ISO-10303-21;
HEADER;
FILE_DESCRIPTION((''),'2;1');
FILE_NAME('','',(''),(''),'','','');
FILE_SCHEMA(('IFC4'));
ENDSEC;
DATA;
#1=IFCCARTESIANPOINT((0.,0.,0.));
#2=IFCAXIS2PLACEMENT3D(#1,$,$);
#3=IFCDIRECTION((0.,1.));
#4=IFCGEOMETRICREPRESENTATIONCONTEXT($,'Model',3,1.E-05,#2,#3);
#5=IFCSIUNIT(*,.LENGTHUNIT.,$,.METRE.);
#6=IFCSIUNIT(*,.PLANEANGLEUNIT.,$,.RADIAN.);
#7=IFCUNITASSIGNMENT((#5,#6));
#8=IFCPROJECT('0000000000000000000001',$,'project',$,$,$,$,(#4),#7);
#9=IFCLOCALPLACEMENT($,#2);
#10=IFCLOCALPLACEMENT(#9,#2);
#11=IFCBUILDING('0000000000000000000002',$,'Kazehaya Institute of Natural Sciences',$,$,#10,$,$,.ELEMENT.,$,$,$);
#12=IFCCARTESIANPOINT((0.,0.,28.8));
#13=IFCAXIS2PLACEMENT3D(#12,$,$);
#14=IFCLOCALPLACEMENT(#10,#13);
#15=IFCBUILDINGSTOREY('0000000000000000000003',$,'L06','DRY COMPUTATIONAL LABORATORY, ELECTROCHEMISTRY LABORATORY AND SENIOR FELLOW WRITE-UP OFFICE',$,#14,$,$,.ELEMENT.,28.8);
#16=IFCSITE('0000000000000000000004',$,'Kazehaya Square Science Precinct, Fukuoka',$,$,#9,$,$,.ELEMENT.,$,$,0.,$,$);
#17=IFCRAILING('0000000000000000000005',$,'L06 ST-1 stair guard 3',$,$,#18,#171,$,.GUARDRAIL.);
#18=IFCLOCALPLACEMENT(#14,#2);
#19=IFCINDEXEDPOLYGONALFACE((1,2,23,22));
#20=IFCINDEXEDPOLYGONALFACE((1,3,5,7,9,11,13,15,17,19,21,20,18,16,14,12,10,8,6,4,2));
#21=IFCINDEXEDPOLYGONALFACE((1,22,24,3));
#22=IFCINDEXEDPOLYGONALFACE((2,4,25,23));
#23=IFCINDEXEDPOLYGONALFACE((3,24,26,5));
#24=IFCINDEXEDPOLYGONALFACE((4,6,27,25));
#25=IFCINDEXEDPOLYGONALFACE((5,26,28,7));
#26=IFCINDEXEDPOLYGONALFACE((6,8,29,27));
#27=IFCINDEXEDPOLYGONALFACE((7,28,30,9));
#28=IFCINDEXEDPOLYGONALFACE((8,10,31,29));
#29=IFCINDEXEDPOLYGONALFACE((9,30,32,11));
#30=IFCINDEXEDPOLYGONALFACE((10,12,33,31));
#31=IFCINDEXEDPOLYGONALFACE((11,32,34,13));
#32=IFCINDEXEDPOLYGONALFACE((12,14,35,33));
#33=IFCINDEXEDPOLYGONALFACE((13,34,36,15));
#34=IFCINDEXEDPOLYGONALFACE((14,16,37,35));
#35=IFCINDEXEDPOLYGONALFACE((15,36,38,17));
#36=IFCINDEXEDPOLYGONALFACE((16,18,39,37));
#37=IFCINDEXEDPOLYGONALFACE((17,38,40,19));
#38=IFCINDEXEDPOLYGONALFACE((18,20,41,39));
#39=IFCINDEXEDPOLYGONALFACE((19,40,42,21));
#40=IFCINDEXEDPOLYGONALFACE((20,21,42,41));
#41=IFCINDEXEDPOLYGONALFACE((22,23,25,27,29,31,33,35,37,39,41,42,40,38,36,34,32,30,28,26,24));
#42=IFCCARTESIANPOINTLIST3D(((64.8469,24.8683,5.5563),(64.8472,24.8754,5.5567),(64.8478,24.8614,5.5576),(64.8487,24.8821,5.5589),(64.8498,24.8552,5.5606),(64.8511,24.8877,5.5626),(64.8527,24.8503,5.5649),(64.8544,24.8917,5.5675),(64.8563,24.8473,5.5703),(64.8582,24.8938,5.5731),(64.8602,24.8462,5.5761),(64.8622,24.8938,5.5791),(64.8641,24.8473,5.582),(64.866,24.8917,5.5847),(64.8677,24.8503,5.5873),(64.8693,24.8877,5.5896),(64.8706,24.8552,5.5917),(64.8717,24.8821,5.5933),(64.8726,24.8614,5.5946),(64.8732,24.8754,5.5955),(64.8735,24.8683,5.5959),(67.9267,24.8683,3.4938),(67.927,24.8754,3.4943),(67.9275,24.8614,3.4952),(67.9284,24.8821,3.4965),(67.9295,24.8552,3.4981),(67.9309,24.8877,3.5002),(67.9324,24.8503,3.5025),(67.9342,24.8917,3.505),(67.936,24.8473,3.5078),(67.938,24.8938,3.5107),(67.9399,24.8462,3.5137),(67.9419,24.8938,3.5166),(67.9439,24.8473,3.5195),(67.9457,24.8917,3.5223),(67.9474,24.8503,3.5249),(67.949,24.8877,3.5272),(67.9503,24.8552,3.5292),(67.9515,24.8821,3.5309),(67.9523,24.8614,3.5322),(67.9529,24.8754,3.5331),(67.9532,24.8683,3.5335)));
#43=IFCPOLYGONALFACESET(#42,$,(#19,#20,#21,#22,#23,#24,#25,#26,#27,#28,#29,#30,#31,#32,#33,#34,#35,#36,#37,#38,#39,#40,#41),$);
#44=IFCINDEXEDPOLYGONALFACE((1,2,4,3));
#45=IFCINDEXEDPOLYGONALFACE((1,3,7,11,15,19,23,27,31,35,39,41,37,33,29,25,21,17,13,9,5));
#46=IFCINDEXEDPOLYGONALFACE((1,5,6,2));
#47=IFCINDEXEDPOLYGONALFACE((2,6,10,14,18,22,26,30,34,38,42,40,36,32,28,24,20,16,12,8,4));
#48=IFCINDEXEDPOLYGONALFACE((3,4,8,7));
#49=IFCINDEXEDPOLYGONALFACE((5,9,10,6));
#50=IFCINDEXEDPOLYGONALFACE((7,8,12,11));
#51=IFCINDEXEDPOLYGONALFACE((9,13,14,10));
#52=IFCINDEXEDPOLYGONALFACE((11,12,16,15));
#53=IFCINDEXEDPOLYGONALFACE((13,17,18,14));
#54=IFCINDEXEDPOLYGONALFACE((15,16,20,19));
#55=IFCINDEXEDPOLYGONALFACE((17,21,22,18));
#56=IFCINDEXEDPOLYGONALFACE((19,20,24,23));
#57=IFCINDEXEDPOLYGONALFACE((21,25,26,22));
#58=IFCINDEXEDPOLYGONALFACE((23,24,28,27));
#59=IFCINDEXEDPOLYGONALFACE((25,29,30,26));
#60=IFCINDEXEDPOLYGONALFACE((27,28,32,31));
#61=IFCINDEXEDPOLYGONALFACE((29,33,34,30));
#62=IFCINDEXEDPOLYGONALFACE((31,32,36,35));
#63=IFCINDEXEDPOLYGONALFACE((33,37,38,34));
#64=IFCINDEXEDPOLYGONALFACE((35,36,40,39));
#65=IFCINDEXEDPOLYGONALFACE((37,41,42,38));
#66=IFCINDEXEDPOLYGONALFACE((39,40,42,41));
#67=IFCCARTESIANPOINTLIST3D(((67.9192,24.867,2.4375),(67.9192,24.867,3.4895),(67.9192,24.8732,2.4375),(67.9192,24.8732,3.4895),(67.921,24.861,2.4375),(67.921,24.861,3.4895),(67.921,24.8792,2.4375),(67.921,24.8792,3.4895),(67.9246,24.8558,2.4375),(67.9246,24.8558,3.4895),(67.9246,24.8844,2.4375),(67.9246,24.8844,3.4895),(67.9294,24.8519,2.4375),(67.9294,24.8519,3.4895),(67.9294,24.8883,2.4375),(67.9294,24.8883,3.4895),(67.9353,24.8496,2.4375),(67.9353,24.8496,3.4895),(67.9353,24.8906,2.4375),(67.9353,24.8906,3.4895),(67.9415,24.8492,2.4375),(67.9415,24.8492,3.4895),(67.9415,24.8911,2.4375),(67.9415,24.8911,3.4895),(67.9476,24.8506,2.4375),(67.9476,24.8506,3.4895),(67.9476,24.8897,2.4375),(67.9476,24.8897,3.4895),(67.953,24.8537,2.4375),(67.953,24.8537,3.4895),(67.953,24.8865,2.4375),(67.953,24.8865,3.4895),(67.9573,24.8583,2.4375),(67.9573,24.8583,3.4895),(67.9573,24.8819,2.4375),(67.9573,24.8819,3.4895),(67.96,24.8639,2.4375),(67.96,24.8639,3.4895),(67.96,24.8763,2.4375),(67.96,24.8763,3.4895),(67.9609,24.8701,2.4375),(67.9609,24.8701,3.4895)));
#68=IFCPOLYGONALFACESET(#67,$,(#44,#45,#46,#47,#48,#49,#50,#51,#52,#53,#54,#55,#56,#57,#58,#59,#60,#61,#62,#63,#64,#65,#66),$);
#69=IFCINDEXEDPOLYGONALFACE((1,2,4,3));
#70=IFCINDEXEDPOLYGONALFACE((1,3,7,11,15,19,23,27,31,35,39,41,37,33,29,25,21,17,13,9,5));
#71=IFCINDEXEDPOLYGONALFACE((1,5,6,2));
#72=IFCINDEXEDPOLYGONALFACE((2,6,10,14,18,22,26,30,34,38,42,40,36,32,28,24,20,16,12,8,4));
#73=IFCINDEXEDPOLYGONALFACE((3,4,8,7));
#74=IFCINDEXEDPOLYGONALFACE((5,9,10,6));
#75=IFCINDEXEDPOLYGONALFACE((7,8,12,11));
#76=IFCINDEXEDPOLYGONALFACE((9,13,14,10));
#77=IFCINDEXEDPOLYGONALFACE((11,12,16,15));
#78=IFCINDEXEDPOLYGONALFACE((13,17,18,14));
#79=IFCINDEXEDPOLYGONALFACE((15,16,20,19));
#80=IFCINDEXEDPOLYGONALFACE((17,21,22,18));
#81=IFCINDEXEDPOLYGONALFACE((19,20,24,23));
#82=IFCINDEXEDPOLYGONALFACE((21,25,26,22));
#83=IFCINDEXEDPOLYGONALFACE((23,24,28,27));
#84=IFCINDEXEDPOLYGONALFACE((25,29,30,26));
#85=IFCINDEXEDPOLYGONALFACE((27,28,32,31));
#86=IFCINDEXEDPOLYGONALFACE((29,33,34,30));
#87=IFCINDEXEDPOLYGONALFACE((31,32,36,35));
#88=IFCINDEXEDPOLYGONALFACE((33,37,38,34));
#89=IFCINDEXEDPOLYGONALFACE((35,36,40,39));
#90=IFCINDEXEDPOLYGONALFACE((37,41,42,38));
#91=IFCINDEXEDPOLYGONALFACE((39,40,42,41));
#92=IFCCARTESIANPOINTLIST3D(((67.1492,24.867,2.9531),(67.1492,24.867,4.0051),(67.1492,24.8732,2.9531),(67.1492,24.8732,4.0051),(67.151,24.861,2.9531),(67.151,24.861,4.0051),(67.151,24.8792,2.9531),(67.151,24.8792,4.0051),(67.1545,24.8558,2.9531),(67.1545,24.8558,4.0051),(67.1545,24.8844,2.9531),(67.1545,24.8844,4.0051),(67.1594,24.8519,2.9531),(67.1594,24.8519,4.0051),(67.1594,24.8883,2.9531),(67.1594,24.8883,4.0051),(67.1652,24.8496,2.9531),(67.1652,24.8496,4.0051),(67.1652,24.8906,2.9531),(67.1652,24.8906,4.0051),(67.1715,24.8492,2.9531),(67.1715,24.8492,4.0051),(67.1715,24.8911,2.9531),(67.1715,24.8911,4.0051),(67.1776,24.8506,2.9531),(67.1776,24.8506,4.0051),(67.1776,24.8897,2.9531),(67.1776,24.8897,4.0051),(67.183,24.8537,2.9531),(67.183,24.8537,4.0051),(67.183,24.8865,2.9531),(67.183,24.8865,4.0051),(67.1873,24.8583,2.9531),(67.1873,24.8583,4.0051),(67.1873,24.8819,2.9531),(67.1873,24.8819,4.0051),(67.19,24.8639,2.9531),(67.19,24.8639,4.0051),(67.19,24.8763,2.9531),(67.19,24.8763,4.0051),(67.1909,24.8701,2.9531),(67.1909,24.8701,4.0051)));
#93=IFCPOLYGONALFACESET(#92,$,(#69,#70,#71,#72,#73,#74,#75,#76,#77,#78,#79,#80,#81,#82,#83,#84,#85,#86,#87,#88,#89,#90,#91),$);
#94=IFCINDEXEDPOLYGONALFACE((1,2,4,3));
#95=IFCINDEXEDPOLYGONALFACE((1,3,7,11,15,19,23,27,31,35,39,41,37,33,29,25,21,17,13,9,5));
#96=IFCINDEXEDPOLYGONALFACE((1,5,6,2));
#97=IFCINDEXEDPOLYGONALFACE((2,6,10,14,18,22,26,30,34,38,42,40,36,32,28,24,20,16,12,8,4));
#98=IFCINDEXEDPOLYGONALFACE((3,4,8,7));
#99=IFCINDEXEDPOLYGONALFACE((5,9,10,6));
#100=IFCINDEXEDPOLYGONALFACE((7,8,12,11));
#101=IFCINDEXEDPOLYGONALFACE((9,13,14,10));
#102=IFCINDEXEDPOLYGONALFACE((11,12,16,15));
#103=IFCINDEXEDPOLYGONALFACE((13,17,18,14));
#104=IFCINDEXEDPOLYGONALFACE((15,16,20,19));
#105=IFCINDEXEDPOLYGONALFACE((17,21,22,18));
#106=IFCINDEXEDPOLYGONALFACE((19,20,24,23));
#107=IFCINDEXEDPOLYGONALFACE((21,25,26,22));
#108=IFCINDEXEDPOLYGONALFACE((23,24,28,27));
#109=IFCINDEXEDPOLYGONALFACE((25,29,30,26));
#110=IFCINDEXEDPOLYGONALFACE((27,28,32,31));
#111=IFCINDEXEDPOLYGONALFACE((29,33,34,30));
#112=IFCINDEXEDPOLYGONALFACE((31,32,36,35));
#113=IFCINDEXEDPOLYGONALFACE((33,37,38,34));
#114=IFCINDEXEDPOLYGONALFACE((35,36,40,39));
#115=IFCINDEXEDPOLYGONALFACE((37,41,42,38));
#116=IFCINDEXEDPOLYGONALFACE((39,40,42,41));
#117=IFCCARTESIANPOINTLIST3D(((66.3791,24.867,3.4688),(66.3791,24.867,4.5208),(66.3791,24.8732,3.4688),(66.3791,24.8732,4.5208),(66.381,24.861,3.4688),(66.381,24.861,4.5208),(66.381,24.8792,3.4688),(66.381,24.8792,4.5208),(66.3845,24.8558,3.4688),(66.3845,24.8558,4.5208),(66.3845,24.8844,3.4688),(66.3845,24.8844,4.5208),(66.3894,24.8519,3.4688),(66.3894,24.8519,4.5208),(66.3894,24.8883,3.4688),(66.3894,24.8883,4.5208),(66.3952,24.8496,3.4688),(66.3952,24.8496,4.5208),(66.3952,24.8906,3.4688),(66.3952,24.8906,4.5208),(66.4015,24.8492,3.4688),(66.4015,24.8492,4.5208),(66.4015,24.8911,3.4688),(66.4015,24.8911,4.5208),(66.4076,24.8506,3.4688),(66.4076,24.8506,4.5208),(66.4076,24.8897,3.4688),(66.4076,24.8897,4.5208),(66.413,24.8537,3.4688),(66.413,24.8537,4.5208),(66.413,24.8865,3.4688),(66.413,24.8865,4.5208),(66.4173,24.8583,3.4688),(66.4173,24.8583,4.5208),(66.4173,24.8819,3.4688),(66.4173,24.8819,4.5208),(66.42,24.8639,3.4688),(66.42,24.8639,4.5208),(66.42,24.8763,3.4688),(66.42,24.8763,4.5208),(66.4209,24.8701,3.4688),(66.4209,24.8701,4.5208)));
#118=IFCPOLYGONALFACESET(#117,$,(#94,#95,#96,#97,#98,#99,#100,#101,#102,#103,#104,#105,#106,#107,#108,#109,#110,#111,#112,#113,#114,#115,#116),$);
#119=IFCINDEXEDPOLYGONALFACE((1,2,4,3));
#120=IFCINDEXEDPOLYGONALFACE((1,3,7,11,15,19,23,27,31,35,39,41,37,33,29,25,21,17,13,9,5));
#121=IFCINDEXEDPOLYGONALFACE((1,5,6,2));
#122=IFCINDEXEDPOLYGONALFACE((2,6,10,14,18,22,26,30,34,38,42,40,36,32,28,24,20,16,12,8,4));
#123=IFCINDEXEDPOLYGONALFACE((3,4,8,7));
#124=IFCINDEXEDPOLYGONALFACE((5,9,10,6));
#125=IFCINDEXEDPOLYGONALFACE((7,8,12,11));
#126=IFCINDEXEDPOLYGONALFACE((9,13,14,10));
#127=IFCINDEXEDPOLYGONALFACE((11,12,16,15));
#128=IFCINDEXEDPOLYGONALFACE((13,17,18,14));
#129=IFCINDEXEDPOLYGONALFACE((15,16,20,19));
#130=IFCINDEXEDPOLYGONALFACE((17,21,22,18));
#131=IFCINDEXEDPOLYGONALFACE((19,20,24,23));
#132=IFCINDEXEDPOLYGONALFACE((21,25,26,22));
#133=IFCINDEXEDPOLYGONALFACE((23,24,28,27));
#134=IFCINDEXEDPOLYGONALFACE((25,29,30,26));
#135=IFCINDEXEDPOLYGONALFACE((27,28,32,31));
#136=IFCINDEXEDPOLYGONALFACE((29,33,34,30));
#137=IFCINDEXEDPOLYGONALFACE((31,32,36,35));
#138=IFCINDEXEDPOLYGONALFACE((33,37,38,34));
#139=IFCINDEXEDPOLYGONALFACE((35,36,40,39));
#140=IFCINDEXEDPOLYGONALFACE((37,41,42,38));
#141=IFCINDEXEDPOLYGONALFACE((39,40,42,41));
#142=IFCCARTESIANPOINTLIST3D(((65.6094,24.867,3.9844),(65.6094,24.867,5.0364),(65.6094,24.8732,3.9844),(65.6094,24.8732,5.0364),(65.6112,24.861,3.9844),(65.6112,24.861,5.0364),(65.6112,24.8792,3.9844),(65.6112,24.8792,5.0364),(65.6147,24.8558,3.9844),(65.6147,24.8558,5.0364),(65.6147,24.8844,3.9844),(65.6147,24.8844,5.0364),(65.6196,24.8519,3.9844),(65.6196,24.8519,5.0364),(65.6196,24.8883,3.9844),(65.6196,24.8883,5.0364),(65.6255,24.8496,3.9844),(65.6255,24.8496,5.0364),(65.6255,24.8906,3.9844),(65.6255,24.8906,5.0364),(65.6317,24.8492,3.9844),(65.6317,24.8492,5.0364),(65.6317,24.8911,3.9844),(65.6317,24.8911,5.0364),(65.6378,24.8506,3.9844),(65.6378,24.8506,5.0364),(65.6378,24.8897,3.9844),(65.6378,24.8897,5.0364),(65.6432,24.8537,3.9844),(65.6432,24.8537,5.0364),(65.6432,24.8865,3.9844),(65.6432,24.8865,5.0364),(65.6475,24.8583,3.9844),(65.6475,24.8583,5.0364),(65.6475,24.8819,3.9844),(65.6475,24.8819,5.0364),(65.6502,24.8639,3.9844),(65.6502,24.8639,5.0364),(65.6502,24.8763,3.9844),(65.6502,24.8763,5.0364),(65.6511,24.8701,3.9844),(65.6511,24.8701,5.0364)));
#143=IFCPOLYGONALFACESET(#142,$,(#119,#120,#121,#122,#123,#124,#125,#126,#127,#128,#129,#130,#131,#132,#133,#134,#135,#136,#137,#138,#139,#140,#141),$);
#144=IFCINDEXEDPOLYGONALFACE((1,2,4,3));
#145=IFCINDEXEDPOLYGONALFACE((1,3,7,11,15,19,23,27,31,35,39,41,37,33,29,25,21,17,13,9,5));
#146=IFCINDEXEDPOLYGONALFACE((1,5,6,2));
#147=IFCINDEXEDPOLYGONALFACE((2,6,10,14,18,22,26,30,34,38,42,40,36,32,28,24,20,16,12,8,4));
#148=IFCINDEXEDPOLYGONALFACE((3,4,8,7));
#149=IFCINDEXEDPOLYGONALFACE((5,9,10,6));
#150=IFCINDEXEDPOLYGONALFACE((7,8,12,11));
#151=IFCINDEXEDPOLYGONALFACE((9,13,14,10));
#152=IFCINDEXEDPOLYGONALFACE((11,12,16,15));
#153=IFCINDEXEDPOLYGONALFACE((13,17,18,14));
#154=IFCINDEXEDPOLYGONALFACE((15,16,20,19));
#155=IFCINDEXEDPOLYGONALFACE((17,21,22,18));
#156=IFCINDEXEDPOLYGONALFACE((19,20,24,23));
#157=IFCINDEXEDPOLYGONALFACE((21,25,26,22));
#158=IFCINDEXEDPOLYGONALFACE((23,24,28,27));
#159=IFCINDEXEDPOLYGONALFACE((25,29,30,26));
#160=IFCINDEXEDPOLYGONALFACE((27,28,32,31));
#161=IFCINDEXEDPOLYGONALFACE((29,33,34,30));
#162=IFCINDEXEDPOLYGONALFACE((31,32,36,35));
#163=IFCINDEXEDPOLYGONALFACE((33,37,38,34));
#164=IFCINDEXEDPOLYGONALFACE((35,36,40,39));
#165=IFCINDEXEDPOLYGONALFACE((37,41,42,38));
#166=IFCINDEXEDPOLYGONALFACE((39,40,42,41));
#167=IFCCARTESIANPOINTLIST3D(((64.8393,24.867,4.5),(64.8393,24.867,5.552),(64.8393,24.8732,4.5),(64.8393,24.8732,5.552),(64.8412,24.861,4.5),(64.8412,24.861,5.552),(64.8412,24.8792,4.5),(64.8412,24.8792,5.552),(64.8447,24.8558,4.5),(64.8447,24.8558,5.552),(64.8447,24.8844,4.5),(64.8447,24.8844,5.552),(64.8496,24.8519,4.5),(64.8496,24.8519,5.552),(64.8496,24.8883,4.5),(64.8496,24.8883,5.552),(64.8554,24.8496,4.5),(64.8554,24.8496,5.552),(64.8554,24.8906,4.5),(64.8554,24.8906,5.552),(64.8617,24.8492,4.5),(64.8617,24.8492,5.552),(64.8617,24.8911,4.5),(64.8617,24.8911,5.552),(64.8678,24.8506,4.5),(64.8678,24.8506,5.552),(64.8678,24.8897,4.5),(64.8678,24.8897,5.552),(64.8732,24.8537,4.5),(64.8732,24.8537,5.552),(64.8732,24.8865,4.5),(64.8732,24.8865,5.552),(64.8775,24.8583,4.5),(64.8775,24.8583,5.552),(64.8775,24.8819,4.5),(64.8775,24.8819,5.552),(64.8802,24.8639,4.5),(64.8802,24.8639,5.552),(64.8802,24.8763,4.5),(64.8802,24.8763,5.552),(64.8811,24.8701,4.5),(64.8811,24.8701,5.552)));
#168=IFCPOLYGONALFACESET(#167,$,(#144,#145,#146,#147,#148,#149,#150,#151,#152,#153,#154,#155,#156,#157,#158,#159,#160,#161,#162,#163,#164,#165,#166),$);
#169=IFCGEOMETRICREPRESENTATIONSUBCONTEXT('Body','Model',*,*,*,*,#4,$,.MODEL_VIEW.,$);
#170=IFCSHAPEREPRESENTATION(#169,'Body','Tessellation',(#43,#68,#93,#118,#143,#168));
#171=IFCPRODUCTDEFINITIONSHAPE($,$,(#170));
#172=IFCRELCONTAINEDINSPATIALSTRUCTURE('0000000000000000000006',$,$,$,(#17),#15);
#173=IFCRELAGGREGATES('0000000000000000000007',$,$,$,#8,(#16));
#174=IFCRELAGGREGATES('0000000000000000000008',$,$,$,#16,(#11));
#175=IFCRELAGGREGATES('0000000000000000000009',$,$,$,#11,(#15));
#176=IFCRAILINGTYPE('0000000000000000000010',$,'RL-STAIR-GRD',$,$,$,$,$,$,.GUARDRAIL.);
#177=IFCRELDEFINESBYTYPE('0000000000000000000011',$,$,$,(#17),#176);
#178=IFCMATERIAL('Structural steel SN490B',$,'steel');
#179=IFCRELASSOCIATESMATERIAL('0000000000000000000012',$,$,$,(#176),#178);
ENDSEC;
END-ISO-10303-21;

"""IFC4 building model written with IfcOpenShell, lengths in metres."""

from ifc_helpers import new_model, si_unit, direction, frame, origin, origin_2d, place, context, subcontext, project, spatial, circle, extrude, material, type_object, element, save


model = new_model("IFC4")

# Units and contexts
model_context = context("Model", 3, precision=1e-05, world=origin(), true_north=direction((0.0, 1.0)))
body_context = subcontext(model_context, "Body", "Model", "MODEL_VIEW")
ifc_project = project(units=[si_unit("LENGTHUNIT", "METRE"), si_unit("PLANEANGLEUNIT", "RADIAN")], contexts=[model_context])

# Site, building, storey
site_placement = place(None, origin())
site = spatial("IfcSite", under=ifc_project, at=site_placement, Name="Kazehaya Square Science Precinct, Fukuoka", CompositionType="ELEMENT", RefElevation=0.0)
building_placement = place(site_placement, origin())
building = spatial("IfcBuilding", under=site, at=building_placement, Name="Kazehaya Institute of Natural Sciences", CompositionType="ELEMENT")
storey_placement = place(building_placement, frame((0.0, 0.0, 28.8)))
storey = spatial("IfcBuildingStorey", under=building, at=storey_placement, Name="L06", Description="DRY COMPUTATIONAL LABORATORY, ELECTROCHEMISTRY LABORATORY AND SENIOR FELLOW WRITE-UP OFFICE", CompositionType="ELEMENT", Elevation=28.8)

# Railing
ifc_material_1 = material(Name="Structural steel SN490B", Category="steel")
railing_type_1 = type_object("IfcRailingType", Name="RL-STAIR-GRD", PredefinedType="GUARDRAIL", material=ifc_material_1)
railing_1_placement = place(storey_placement, frame((67.9399, 24.8701, 2.4375)))
element("IfcRailing", 1, at=railing_1_placement, inside=storey, type_object=railing_type_1, Name="L06 ST-1 stair guard 3", PredefinedType="GUARDRAIL", context=body_context, shape_type="SweptSolid", body=[
    extrude(circle(Radius=0.0239, at=origin_2d()), frame((0.0, 0.0, 1.0762), z_axis=(-0.830893, 0.0, 0.556432), x_axis=(0.0, -1.0, 0.0)), (0.0, 0.0, 1.0), 3.7065),
    extrude(circle(Radius=0.021, at=origin_2d()), origin(), (0.0, 0.0, 1.0), 1.052),
    extrude(circle(Radius=0.021, at=origin_2d()), frame((-0.77, 0.0, 0.5156)), (0.0, 0.0, 1.0), 1.052),
    extrude(circle(Radius=0.021, at=origin_2d()), frame((-1.54, 0.0, 1.0312)), (0.0, 0.0, 1.0), 1.052),
    extrude(circle(Radius=0.021, at=origin_2d()), frame((-2.3098, 0.0, 1.5469)), (0.0, 0.0, 1.0), 1.052),
    extrude(circle(Radius=0.021, at=origin_2d()), frame((-3.0798, 0.0, 2.0625)), (0.0, 0.0, 1.0), 1.052),
])

save(model, "model.ifc")
